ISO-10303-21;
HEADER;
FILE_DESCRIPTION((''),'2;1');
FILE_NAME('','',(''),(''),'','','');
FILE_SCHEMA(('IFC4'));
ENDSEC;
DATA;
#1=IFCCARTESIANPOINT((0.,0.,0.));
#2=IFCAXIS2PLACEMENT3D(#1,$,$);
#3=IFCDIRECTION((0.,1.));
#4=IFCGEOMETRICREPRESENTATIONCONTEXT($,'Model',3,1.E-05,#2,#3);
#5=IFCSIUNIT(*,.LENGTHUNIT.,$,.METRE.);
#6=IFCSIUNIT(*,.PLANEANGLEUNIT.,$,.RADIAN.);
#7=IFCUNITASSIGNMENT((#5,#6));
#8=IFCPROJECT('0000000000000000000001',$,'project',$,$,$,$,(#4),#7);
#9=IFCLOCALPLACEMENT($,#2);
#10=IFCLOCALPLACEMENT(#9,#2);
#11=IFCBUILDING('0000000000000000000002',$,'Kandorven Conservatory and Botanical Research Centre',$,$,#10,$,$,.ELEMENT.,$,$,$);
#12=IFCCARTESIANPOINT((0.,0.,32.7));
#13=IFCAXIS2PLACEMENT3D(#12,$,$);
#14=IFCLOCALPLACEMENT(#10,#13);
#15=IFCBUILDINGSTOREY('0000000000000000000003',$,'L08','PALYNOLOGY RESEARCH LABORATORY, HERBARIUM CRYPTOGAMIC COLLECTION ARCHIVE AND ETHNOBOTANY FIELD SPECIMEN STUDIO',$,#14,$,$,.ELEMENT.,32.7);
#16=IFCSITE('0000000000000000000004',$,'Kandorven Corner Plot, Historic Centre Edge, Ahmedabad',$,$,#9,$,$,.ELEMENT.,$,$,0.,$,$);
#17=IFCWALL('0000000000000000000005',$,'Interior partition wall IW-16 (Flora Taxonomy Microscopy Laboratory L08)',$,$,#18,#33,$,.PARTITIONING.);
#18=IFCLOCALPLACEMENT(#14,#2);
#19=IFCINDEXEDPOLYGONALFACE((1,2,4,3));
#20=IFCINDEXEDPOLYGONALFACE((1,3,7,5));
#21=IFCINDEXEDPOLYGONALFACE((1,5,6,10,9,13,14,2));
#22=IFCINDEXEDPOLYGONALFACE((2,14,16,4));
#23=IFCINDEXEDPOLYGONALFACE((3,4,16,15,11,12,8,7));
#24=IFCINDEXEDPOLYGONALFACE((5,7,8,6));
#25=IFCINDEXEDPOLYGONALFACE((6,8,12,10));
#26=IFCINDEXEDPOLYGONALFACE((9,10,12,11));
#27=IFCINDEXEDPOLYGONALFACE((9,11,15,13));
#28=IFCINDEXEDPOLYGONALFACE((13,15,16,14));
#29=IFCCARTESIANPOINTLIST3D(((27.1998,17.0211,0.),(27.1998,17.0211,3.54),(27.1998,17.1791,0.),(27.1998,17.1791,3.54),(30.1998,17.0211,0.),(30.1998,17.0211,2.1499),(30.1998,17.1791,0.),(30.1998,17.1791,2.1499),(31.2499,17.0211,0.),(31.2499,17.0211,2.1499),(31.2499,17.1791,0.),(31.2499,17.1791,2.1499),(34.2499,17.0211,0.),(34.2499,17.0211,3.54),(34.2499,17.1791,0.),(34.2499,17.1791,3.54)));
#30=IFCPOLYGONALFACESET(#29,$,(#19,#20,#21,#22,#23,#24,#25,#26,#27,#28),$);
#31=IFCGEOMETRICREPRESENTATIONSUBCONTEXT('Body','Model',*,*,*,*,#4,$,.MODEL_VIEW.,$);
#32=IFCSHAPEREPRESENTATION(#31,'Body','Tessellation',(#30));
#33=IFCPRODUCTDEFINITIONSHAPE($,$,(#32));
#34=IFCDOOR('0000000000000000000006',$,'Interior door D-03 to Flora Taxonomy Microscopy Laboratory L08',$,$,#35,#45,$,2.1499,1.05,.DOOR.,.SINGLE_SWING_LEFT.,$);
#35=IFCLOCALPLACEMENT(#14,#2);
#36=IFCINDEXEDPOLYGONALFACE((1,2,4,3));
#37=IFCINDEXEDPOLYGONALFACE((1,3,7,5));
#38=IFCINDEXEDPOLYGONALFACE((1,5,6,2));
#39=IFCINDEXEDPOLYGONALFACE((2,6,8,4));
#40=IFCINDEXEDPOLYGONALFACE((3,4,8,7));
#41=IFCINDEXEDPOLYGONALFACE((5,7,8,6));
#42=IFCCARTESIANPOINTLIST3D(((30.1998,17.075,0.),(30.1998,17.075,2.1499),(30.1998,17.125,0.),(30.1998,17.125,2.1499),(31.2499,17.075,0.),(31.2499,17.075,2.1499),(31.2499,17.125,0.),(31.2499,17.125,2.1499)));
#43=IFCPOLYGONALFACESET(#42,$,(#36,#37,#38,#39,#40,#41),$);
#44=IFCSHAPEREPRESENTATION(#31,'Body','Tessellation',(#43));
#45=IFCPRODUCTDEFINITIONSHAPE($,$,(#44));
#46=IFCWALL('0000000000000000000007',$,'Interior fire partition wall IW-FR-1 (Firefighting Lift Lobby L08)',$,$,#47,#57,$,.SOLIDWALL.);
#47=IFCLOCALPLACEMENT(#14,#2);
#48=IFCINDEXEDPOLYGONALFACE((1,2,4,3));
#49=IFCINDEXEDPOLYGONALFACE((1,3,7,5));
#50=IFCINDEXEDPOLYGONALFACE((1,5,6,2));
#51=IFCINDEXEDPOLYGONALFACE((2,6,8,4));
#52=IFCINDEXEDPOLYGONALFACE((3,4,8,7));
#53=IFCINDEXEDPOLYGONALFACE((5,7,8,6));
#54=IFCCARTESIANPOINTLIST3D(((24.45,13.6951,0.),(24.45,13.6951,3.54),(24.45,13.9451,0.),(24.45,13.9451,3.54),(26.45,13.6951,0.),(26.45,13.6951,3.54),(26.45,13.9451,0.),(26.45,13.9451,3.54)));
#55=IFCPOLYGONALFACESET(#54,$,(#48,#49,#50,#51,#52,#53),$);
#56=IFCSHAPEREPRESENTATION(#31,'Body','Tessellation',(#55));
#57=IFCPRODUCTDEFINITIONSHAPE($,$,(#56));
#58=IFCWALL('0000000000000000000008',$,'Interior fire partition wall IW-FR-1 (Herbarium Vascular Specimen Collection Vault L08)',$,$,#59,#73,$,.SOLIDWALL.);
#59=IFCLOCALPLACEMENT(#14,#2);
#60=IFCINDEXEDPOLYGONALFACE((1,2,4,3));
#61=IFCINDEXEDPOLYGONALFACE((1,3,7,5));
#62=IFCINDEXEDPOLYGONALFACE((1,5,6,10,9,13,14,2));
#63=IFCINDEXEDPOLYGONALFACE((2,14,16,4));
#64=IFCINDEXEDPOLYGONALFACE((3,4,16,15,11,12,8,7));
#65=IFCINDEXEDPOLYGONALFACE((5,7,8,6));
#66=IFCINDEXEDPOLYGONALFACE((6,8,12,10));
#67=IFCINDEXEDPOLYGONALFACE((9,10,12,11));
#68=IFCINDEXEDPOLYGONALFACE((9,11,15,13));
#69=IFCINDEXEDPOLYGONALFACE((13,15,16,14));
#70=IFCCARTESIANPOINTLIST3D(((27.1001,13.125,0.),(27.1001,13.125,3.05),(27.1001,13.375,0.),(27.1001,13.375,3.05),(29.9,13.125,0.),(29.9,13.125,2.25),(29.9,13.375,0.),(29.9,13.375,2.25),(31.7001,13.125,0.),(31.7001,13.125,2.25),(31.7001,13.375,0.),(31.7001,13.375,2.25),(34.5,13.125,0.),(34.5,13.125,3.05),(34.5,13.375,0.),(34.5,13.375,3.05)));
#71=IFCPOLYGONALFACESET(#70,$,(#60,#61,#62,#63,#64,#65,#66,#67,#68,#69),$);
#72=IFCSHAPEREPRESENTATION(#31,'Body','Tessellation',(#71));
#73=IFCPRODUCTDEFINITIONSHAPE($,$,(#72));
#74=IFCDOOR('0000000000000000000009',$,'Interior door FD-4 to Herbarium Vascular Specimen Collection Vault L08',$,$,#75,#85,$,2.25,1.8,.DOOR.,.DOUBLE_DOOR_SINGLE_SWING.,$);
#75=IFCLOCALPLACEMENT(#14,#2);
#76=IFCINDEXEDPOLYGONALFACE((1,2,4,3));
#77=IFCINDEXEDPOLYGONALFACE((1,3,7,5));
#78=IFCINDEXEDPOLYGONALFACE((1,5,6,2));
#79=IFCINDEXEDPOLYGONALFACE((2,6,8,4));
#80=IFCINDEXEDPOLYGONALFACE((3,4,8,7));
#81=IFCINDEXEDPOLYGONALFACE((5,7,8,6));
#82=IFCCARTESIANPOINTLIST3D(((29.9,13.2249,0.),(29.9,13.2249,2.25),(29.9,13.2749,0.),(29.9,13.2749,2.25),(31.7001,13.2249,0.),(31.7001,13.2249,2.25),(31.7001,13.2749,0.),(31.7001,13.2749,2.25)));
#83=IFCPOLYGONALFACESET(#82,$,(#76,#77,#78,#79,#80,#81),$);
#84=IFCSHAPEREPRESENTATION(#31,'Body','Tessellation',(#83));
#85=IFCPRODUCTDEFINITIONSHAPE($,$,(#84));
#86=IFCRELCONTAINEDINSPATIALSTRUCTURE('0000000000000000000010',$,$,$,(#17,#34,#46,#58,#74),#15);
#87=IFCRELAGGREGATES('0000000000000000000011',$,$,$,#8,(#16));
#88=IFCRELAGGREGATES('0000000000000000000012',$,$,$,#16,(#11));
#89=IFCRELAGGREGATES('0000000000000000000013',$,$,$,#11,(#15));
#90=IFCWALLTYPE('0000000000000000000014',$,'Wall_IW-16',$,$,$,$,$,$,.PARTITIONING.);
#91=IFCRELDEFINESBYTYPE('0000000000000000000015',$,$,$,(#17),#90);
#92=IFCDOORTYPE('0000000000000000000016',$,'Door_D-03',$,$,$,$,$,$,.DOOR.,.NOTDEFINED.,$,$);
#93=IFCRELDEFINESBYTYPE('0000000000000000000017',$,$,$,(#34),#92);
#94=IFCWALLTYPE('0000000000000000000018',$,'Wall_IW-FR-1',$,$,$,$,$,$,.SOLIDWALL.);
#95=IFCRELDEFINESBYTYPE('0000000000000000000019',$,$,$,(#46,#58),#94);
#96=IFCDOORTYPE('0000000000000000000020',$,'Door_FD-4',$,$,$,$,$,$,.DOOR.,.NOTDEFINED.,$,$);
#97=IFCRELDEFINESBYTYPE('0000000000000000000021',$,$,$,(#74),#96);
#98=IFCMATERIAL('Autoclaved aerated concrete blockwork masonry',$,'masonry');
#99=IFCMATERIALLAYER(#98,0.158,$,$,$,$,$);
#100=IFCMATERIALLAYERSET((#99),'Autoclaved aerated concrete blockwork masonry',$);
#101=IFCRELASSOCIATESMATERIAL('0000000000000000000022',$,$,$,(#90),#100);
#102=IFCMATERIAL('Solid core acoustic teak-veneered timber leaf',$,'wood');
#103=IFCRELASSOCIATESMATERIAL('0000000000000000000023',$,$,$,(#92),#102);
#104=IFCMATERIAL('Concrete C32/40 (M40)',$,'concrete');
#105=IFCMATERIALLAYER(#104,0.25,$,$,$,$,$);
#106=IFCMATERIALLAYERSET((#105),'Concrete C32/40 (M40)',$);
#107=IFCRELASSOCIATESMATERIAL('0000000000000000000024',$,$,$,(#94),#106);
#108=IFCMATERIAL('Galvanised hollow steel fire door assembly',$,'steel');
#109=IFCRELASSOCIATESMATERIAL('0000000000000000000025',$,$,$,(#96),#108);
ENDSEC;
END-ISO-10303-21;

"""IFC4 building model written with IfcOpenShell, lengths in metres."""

from ifc_helpers import new_model, si_unit, direction, frame, frame_2d, origin, place, context, subcontext, project, spatial, rectangle, extrude, material, layer, layer_set, type_object, element, fill, save


model = new_model("IFC4")

# Units and contexts
model_context = context("Model", 3, precision=1e-05, world=origin(), true_north=direction((0.0, 1.0)))
body_context = subcontext(model_context, "Body", "Model", "MODEL_VIEW")
ifc_project = project(units=[si_unit("LENGTHUNIT", "METRE"), si_unit("PLANEANGLEUNIT", "RADIAN")], contexts=[model_context])

# Site, building, storey
site_placement = place(None, origin())
site = spatial("IfcSite", under=ifc_project, at=site_placement, Name="Kandorven Corner Plot, Historic Centre Edge, Ahmedabad", CompositionType="ELEMENT", RefElevation=0.0)
building_placement = place(site_placement, origin())
building = spatial("IfcBuilding", under=site, at=building_placement, Name="Kandorven Conservatory and Botanical Research Centre", CompositionType="ELEMENT")
storey_placement = place(building_placement, frame((0.0, 0.0, 32.7)))
storey = spatial("IfcBuildingStorey", under=building, at=storey_placement, Name="L08", Description="PALYNOLOGY RESEARCH LABORATORY, HERBARIUM CRYPTOGAMIC COLLECTION ARCHIVE AND ETHNOBOTANY FIELD SPECIMEN STUDIO", CompositionType="ELEMENT", Elevation=32.7)

# Wall, opening, door
ifc_material_1 = material(Name="Autoclaved aerated concrete blockwork masonry", Category="masonry")
ifc_layer_1 = layer(ifc_material_1, 0.158)
ifc_layer_set_1 = layer_set([ifc_layer_1], Name="Autoclaved aerated concrete blockwork masonry")
wall_type_1 = type_object("IfcWallType", Name="Wall_IW-16", PredefinedType="PARTITIONING", material=ifc_layer_set_1)
wall_1_placement = place(storey_placement, frame((27.2, 17.1001, 0.0), z_axis=(0.0, 0.0, 1.0), x_axis=(1.0, 0.0, 0.0)))
wall_1 = element("IfcWall", 1, at=wall_1_placement, inside=storey, type_object=wall_type_1, Name="Interior partition wall IW-16 (Flora Taxonomy Microscopy Laboratory L08)", PredefinedType="PARTITIONING", context=body_context, shape_type="SweptSolid", body=[
    extrude(rectangle(XDim=7.05, YDim=0.158, at=frame_2d((3.5249, 0.0))), origin(), (0.0, 0.0, 1.0), 3.54),
])
opening_1_placement = place(wall_1_placement, frame((3.0, 0.0, 0.0)))
opening_1 = element("IfcOpeningElement", 2, at=opening_1_placement, cuts=wall_1, PredefinedType="OPENING", context=body_context, shape_type="SweptSolid", body=[
    extrude(rectangle(XDim=1.05, YDim=2.1499, at=frame_2d((0.5249, 1.075))), frame((0.0, 0.0889, 0.0), z_axis=(0.0, -1.0, 0.0), x_axis=(1.0, 0.0, 0.0)), (0.0, 0.0, 1.0), 0.178),
])
ifc_material_2 = material(Name="Solid core acoustic teak-veneered timber leaf", Category="wood")
door_type_1 = type_object("IfcDoorType", Name="Door_D-03", OperationType="NOTDEFINED", PredefinedType="DOOR", material=ifc_material_2)
door_1_placement = place(opening_1_placement, origin())
door_1 = element("IfcDoor", 3, at=door_1_placement, inside=storey, type_object=door_type_1, Name="Interior door D-03 to Flora Taxonomy Microscopy Laboratory L08", OperationType="SINGLE_SWING_LEFT", OverallHeight=2.1499, OverallWidth=1.05, PredefinedType="DOOR", context=body_context, shape_type="SweptSolid", body=[
    extrude(rectangle(XDim=1.05, YDim=2.1499, at=frame_2d((0.5249, 1.075))), frame((0.0, 0.0249, 0.0), z_axis=(0.0, -1.0, 0.0), x_axis=(1.0, 0.0, 0.0)), (0.0, 0.0, 1.0), 0.05),
])
fill(opening_1, door_1)

# Wall
ifc_material_3 = material(Name="Concrete C32/40 (M40)", Category="concrete")
ifc_layer_2 = layer(ifc_material_3, 0.25)
ifc_layer_set_2 = layer_set([ifc_layer_2], Name="Concrete C32/40 (M40)")
wall_type_2 = type_object("IfcWallType", Name="Wall_IW-FR-1", PredefinedType="SOLIDWALL", material=ifc_layer_set_2)
wall_2_placement = place(storey_placement, frame((24.45, 13.8201, 0.0), z_axis=(0.0, 0.0, 1.0), x_axis=(1.0, 0.0, 0.0)))
element("IfcWall", 4, at=wall_2_placement, inside=storey, type_object=wall_type_2, Name="Interior fire partition wall IW-FR-1 (Firefighting Lift Lobby L08)", PredefinedType="SOLIDWALL", context=body_context, shape_type="SweptSolid", body=[
    extrude(rectangle(XDim=2.0, YDim=0.25, at=frame_2d((1.0, 0.0))), origin(), (0.0, 0.0, 1.0), 3.54),
])

# Wall, opening, door
wall_3_placement = place(storey_placement, frame((27.1001, 13.25, 0.0), z_axis=(0.0, 0.0, 1.0), x_axis=(1.0, 0.0, 0.0)))
wall_3 = element("IfcWall", 5, at=wall_3_placement, inside=storey, type_object=wall_type_2, Name="Interior fire partition wall IW-FR-1 (Herbarium Vascular Specimen Collection Vault L08)", PredefinedType="SOLIDWALL", context=body_context, shape_type="SweptSolid", body=[
    extrude(rectangle(XDim=7.3999, YDim=0.25, at=frame_2d((3.7, 0.0))), origin(), (0.0, 0.0, 1.0), 3.05),
])
opening_2_placement = place(wall_3_placement, frame((2.8, 0.0, 0.0)))
opening_2 = element("IfcOpeningElement", 6, at=opening_2_placement, cuts=wall_3, PredefinedType="OPENING", context=body_context, shape_type="SweptSolid", body=[
    extrude(rectangle(XDim=1.8, YDim=2.25, at=frame_2d((0.8999, 1.125))), frame((0.0, 0.135, 0.0), z_axis=(0.0, -1.0, 0.0), x_axis=(1.0, 0.0, 0.0)), (0.0, 0.0, 1.0), 0.27),
])
ifc_material_4 = material(Name="Galvanised hollow steel fire door assembly", Category="steel")
door_type_2 = type_object("IfcDoorType", Name="Door_FD-4", OperationType="NOTDEFINED", PredefinedType="DOOR", material=ifc_material_4)
door_2_placement = place(opening_2_placement, origin())
door_2 = element("IfcDoor", 7, at=door_2_placement, inside=storey, type_object=door_type_2, Name="Interior door FD-4 to Herbarium Vascular Specimen Collection Vault L08", OperationType="DOUBLE_DOOR_SINGLE_SWING", OverallHeight=2.25, OverallWidth=1.8, PredefinedType="DOOR", context=body_context, shape_type="SweptSolid", body=[
    extrude(rectangle(XDim=1.8, YDim=2.25, at=frame_2d((0.8999, 1.125))), frame((0.0, 0.0249, 0.0), z_axis=(0.0, -1.0, 0.0), x_axis=(1.0, 0.0, 0.0)), (0.0, 0.0, 1.0), 0.05),
])
fill(opening_2, door_2)

save(model, "model.ifc")
